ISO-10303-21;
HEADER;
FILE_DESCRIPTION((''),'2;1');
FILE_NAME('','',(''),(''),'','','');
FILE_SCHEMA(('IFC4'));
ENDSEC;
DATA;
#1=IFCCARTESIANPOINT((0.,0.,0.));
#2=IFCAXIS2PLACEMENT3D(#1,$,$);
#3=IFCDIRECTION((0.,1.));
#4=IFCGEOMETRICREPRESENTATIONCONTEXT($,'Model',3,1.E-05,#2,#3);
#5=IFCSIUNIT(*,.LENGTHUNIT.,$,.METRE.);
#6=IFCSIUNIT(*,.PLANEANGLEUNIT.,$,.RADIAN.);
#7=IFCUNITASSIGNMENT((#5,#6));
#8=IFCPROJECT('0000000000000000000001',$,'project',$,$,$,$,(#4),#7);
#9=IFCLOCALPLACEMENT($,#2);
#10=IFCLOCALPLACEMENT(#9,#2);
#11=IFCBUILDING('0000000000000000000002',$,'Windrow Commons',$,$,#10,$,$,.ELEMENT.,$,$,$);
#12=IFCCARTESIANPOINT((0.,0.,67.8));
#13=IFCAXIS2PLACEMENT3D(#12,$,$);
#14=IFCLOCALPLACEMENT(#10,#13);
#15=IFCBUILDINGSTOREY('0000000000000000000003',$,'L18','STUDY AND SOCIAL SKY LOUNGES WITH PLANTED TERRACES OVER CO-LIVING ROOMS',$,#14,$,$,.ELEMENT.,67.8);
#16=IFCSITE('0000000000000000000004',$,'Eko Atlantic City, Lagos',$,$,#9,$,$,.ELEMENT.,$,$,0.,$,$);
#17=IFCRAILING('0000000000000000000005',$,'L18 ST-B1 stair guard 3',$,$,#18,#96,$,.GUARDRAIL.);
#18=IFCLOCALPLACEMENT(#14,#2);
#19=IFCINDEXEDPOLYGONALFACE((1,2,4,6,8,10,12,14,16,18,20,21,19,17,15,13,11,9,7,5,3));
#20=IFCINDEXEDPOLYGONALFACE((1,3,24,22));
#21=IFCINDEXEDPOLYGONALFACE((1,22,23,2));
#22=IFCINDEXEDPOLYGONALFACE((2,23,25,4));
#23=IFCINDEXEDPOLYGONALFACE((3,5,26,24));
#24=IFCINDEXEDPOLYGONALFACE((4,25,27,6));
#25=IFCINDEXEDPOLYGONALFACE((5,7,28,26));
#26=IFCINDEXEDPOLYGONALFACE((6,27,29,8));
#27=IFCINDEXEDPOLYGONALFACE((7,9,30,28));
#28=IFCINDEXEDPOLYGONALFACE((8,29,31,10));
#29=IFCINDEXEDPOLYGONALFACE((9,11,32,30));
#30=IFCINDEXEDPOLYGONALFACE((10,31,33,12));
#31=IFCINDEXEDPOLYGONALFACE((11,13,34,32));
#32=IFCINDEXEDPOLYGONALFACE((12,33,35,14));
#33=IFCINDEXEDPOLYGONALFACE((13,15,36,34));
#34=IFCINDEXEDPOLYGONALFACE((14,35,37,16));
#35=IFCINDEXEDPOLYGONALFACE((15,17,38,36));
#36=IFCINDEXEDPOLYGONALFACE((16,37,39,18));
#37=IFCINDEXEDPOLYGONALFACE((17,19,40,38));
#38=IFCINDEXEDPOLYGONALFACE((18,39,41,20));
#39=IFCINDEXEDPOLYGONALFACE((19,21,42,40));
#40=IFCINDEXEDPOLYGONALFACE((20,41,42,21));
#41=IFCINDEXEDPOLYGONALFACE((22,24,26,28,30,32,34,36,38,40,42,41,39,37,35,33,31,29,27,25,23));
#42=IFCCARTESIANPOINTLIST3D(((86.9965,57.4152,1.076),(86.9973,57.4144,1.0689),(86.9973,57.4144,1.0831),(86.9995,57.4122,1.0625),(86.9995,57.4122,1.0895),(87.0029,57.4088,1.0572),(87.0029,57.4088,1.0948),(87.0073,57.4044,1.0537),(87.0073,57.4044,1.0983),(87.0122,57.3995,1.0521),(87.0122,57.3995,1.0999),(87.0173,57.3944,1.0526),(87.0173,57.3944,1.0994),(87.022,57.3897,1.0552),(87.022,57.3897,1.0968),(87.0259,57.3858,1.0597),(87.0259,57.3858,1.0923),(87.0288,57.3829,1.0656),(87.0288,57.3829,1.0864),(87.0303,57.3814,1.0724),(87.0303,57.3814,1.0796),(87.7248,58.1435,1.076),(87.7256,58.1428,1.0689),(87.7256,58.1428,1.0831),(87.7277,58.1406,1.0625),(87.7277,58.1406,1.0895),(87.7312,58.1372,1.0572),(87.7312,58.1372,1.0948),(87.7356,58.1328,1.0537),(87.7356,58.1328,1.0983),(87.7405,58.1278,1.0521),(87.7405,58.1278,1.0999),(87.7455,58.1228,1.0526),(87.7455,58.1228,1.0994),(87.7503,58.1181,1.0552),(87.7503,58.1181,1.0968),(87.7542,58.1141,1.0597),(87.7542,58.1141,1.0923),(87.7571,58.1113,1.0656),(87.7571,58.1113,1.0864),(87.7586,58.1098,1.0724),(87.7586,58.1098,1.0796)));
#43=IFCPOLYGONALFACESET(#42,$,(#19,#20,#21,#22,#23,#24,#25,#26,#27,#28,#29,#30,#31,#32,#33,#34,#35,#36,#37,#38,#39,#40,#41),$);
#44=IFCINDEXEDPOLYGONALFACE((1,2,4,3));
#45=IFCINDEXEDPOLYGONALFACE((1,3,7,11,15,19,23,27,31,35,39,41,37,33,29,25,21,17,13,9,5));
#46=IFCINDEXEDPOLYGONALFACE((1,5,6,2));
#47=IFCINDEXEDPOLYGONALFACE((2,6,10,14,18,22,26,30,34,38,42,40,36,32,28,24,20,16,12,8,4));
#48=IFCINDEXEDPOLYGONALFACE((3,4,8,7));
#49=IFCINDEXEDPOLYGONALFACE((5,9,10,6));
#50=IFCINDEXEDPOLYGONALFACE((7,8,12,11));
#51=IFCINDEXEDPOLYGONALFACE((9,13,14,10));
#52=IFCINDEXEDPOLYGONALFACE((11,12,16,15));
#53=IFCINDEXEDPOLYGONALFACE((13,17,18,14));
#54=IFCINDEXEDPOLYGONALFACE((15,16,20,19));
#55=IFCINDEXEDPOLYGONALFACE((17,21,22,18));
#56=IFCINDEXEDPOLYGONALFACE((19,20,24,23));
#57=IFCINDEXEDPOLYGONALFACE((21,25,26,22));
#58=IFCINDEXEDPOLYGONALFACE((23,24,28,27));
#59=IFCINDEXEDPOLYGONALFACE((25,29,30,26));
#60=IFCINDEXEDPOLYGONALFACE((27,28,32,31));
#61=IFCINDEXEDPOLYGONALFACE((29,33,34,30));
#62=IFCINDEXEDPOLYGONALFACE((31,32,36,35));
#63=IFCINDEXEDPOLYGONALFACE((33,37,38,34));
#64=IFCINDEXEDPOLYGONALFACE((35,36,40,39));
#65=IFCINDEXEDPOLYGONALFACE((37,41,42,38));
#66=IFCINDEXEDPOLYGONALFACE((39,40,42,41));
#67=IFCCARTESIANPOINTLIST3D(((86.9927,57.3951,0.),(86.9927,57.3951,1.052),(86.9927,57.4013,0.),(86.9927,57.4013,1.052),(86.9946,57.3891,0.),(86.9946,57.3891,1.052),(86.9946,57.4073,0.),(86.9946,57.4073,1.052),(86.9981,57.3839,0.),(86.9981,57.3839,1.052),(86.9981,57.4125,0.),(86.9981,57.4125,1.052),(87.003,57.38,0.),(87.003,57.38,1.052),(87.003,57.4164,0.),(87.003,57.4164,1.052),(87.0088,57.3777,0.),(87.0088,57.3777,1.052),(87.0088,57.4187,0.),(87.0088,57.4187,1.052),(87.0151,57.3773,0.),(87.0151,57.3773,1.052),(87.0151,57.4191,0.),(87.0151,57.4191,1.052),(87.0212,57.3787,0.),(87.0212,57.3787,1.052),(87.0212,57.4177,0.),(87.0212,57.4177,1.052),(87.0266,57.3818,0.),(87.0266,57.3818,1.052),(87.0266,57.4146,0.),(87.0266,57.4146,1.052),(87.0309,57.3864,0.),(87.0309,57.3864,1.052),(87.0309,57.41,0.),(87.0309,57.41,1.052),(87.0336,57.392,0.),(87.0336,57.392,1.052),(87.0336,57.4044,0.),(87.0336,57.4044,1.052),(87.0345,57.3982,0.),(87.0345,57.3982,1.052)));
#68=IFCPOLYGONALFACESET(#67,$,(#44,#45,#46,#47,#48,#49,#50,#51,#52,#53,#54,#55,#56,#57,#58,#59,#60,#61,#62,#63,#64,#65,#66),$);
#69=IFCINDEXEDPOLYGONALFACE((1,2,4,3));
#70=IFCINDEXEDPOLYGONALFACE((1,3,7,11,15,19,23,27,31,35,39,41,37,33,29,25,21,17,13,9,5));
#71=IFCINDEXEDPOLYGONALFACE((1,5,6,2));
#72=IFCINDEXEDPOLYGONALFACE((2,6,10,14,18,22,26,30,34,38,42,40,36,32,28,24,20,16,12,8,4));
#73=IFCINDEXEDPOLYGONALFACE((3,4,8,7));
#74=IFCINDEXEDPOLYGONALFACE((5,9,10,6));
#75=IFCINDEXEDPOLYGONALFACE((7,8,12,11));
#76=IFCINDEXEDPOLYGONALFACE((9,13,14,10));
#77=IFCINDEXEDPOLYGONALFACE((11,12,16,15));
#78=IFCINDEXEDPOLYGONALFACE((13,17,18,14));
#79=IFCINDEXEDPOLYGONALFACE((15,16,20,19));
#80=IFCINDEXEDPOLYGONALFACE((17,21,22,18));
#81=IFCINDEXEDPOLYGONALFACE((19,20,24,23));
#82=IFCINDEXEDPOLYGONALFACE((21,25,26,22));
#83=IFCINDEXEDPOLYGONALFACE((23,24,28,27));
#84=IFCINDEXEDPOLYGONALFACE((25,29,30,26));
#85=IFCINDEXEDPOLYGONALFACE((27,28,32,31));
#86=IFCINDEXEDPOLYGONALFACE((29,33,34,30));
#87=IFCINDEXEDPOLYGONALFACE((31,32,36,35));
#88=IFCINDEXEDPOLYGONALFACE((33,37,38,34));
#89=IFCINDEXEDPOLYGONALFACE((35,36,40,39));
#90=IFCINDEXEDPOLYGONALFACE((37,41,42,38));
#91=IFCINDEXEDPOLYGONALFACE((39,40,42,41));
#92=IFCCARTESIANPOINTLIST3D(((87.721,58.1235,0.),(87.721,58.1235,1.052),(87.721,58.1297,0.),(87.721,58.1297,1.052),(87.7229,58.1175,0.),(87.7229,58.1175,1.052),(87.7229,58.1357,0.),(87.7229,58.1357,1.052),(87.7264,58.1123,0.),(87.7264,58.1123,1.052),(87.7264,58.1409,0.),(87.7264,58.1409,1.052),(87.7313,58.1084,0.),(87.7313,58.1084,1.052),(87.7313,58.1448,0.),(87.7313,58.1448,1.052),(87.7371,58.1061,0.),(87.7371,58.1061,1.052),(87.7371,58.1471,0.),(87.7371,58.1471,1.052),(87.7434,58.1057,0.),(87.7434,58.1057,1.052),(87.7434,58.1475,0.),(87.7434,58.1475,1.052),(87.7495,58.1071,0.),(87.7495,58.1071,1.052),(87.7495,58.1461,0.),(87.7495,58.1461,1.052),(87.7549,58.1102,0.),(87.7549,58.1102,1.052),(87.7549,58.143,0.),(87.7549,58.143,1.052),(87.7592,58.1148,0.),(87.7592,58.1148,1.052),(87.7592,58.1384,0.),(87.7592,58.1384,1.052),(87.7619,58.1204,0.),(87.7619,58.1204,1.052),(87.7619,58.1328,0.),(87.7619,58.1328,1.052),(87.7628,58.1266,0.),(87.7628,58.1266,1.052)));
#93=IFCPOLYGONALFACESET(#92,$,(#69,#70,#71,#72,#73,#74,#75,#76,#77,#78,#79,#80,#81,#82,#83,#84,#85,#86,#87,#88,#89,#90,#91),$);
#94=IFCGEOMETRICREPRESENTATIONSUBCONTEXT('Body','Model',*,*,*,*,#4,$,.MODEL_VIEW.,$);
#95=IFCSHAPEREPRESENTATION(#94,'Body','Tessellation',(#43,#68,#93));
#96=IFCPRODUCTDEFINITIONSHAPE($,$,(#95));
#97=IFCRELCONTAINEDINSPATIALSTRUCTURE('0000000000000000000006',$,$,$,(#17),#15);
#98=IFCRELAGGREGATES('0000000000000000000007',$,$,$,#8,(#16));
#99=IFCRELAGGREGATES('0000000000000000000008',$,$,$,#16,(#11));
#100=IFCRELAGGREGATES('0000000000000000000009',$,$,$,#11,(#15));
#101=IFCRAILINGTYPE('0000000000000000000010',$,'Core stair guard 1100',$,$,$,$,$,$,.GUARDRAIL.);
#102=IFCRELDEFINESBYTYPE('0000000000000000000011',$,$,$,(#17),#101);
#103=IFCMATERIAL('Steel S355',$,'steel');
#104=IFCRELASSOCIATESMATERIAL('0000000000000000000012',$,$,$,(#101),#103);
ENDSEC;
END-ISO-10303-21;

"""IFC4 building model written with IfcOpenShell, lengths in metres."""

from ifc_helpers import new_model, si_unit, direction, frame, origin, origin_2d, place, context, subcontext, project, spatial, circle, extrude, material, type_object, element, save


model = new_model("IFC4")

# Units and contexts
model_context = context("Model", 3, precision=1e-05, world=origin(), true_north=direction((0.0, 1.0)))
body_context = subcontext(model_context, "Body", "Model", "MODEL_VIEW")
ifc_project = project(units=[si_unit("LENGTHUNIT", "METRE"), si_unit("PLANEANGLEUNIT", "RADIAN")], contexts=[model_context])

# Site, building, storey
site_placement = place(None, origin())
site = spatial("IfcSite", under=ifc_project, at=site_placement, Name="Eko Atlantic City, Lagos", CompositionType="ELEMENT", RefElevation=0.0)
building_placement = place(site_placement, origin())
building = spatial("IfcBuilding", under=site, at=building_placement, Name="Windrow Commons", CompositionType="ELEMENT")
storey_placement = place(building_placement, frame((0.0, 0.0, 67.8)))
storey = spatial("IfcBuildingStorey", under=building, at=storey_placement, Name="L18", Description="STUDY AND SOCIAL SKY LOUNGES WITH PLANTED TERRACES OVER CO-LIVING ROOMS", CompositionType="ELEMENT", Elevation=67.8)

# Railing
ifc_material_1 = material(Name="Steel S355", Category="steel")
railing_type_1 = type_object("IfcRailingType", Name="Core stair guard 1100", PredefinedType="GUARDRAIL", material=ifc_material_1)
railing_1_placement = place(storey_placement, frame((87.0135, 57.3982, 0.0)))
element("IfcRailing", 1, at=railing_1_placement, inside=storey, type_object=railing_type_1, Name="L18 ST-B1 stair guard 3", PredefinedType="GUARDRAIL", context=body_context, shape_type="SweptSolid", body=[
    extrude(circle(Radius=0.024, at=origin_2d()), frame((0.0, 0.0, 1.076), z_axis=(0.707058, 0.707155, 0.0), x_axis=(-0.707155, 0.707058, 0.0)), (0.0, 0.0, 1.0), 1.03),
    extrude(circle(Radius=0.021, at=origin_2d()), origin(), (0.0, 0.0, 1.0), 1.052),
    extrude(circle(Radius=0.021, at=origin_2d()), frame((0.7283, 0.7284, 0.0)), (0.0, 0.0, 1.0), 1.052),
])

save(model, "model.ifc")
